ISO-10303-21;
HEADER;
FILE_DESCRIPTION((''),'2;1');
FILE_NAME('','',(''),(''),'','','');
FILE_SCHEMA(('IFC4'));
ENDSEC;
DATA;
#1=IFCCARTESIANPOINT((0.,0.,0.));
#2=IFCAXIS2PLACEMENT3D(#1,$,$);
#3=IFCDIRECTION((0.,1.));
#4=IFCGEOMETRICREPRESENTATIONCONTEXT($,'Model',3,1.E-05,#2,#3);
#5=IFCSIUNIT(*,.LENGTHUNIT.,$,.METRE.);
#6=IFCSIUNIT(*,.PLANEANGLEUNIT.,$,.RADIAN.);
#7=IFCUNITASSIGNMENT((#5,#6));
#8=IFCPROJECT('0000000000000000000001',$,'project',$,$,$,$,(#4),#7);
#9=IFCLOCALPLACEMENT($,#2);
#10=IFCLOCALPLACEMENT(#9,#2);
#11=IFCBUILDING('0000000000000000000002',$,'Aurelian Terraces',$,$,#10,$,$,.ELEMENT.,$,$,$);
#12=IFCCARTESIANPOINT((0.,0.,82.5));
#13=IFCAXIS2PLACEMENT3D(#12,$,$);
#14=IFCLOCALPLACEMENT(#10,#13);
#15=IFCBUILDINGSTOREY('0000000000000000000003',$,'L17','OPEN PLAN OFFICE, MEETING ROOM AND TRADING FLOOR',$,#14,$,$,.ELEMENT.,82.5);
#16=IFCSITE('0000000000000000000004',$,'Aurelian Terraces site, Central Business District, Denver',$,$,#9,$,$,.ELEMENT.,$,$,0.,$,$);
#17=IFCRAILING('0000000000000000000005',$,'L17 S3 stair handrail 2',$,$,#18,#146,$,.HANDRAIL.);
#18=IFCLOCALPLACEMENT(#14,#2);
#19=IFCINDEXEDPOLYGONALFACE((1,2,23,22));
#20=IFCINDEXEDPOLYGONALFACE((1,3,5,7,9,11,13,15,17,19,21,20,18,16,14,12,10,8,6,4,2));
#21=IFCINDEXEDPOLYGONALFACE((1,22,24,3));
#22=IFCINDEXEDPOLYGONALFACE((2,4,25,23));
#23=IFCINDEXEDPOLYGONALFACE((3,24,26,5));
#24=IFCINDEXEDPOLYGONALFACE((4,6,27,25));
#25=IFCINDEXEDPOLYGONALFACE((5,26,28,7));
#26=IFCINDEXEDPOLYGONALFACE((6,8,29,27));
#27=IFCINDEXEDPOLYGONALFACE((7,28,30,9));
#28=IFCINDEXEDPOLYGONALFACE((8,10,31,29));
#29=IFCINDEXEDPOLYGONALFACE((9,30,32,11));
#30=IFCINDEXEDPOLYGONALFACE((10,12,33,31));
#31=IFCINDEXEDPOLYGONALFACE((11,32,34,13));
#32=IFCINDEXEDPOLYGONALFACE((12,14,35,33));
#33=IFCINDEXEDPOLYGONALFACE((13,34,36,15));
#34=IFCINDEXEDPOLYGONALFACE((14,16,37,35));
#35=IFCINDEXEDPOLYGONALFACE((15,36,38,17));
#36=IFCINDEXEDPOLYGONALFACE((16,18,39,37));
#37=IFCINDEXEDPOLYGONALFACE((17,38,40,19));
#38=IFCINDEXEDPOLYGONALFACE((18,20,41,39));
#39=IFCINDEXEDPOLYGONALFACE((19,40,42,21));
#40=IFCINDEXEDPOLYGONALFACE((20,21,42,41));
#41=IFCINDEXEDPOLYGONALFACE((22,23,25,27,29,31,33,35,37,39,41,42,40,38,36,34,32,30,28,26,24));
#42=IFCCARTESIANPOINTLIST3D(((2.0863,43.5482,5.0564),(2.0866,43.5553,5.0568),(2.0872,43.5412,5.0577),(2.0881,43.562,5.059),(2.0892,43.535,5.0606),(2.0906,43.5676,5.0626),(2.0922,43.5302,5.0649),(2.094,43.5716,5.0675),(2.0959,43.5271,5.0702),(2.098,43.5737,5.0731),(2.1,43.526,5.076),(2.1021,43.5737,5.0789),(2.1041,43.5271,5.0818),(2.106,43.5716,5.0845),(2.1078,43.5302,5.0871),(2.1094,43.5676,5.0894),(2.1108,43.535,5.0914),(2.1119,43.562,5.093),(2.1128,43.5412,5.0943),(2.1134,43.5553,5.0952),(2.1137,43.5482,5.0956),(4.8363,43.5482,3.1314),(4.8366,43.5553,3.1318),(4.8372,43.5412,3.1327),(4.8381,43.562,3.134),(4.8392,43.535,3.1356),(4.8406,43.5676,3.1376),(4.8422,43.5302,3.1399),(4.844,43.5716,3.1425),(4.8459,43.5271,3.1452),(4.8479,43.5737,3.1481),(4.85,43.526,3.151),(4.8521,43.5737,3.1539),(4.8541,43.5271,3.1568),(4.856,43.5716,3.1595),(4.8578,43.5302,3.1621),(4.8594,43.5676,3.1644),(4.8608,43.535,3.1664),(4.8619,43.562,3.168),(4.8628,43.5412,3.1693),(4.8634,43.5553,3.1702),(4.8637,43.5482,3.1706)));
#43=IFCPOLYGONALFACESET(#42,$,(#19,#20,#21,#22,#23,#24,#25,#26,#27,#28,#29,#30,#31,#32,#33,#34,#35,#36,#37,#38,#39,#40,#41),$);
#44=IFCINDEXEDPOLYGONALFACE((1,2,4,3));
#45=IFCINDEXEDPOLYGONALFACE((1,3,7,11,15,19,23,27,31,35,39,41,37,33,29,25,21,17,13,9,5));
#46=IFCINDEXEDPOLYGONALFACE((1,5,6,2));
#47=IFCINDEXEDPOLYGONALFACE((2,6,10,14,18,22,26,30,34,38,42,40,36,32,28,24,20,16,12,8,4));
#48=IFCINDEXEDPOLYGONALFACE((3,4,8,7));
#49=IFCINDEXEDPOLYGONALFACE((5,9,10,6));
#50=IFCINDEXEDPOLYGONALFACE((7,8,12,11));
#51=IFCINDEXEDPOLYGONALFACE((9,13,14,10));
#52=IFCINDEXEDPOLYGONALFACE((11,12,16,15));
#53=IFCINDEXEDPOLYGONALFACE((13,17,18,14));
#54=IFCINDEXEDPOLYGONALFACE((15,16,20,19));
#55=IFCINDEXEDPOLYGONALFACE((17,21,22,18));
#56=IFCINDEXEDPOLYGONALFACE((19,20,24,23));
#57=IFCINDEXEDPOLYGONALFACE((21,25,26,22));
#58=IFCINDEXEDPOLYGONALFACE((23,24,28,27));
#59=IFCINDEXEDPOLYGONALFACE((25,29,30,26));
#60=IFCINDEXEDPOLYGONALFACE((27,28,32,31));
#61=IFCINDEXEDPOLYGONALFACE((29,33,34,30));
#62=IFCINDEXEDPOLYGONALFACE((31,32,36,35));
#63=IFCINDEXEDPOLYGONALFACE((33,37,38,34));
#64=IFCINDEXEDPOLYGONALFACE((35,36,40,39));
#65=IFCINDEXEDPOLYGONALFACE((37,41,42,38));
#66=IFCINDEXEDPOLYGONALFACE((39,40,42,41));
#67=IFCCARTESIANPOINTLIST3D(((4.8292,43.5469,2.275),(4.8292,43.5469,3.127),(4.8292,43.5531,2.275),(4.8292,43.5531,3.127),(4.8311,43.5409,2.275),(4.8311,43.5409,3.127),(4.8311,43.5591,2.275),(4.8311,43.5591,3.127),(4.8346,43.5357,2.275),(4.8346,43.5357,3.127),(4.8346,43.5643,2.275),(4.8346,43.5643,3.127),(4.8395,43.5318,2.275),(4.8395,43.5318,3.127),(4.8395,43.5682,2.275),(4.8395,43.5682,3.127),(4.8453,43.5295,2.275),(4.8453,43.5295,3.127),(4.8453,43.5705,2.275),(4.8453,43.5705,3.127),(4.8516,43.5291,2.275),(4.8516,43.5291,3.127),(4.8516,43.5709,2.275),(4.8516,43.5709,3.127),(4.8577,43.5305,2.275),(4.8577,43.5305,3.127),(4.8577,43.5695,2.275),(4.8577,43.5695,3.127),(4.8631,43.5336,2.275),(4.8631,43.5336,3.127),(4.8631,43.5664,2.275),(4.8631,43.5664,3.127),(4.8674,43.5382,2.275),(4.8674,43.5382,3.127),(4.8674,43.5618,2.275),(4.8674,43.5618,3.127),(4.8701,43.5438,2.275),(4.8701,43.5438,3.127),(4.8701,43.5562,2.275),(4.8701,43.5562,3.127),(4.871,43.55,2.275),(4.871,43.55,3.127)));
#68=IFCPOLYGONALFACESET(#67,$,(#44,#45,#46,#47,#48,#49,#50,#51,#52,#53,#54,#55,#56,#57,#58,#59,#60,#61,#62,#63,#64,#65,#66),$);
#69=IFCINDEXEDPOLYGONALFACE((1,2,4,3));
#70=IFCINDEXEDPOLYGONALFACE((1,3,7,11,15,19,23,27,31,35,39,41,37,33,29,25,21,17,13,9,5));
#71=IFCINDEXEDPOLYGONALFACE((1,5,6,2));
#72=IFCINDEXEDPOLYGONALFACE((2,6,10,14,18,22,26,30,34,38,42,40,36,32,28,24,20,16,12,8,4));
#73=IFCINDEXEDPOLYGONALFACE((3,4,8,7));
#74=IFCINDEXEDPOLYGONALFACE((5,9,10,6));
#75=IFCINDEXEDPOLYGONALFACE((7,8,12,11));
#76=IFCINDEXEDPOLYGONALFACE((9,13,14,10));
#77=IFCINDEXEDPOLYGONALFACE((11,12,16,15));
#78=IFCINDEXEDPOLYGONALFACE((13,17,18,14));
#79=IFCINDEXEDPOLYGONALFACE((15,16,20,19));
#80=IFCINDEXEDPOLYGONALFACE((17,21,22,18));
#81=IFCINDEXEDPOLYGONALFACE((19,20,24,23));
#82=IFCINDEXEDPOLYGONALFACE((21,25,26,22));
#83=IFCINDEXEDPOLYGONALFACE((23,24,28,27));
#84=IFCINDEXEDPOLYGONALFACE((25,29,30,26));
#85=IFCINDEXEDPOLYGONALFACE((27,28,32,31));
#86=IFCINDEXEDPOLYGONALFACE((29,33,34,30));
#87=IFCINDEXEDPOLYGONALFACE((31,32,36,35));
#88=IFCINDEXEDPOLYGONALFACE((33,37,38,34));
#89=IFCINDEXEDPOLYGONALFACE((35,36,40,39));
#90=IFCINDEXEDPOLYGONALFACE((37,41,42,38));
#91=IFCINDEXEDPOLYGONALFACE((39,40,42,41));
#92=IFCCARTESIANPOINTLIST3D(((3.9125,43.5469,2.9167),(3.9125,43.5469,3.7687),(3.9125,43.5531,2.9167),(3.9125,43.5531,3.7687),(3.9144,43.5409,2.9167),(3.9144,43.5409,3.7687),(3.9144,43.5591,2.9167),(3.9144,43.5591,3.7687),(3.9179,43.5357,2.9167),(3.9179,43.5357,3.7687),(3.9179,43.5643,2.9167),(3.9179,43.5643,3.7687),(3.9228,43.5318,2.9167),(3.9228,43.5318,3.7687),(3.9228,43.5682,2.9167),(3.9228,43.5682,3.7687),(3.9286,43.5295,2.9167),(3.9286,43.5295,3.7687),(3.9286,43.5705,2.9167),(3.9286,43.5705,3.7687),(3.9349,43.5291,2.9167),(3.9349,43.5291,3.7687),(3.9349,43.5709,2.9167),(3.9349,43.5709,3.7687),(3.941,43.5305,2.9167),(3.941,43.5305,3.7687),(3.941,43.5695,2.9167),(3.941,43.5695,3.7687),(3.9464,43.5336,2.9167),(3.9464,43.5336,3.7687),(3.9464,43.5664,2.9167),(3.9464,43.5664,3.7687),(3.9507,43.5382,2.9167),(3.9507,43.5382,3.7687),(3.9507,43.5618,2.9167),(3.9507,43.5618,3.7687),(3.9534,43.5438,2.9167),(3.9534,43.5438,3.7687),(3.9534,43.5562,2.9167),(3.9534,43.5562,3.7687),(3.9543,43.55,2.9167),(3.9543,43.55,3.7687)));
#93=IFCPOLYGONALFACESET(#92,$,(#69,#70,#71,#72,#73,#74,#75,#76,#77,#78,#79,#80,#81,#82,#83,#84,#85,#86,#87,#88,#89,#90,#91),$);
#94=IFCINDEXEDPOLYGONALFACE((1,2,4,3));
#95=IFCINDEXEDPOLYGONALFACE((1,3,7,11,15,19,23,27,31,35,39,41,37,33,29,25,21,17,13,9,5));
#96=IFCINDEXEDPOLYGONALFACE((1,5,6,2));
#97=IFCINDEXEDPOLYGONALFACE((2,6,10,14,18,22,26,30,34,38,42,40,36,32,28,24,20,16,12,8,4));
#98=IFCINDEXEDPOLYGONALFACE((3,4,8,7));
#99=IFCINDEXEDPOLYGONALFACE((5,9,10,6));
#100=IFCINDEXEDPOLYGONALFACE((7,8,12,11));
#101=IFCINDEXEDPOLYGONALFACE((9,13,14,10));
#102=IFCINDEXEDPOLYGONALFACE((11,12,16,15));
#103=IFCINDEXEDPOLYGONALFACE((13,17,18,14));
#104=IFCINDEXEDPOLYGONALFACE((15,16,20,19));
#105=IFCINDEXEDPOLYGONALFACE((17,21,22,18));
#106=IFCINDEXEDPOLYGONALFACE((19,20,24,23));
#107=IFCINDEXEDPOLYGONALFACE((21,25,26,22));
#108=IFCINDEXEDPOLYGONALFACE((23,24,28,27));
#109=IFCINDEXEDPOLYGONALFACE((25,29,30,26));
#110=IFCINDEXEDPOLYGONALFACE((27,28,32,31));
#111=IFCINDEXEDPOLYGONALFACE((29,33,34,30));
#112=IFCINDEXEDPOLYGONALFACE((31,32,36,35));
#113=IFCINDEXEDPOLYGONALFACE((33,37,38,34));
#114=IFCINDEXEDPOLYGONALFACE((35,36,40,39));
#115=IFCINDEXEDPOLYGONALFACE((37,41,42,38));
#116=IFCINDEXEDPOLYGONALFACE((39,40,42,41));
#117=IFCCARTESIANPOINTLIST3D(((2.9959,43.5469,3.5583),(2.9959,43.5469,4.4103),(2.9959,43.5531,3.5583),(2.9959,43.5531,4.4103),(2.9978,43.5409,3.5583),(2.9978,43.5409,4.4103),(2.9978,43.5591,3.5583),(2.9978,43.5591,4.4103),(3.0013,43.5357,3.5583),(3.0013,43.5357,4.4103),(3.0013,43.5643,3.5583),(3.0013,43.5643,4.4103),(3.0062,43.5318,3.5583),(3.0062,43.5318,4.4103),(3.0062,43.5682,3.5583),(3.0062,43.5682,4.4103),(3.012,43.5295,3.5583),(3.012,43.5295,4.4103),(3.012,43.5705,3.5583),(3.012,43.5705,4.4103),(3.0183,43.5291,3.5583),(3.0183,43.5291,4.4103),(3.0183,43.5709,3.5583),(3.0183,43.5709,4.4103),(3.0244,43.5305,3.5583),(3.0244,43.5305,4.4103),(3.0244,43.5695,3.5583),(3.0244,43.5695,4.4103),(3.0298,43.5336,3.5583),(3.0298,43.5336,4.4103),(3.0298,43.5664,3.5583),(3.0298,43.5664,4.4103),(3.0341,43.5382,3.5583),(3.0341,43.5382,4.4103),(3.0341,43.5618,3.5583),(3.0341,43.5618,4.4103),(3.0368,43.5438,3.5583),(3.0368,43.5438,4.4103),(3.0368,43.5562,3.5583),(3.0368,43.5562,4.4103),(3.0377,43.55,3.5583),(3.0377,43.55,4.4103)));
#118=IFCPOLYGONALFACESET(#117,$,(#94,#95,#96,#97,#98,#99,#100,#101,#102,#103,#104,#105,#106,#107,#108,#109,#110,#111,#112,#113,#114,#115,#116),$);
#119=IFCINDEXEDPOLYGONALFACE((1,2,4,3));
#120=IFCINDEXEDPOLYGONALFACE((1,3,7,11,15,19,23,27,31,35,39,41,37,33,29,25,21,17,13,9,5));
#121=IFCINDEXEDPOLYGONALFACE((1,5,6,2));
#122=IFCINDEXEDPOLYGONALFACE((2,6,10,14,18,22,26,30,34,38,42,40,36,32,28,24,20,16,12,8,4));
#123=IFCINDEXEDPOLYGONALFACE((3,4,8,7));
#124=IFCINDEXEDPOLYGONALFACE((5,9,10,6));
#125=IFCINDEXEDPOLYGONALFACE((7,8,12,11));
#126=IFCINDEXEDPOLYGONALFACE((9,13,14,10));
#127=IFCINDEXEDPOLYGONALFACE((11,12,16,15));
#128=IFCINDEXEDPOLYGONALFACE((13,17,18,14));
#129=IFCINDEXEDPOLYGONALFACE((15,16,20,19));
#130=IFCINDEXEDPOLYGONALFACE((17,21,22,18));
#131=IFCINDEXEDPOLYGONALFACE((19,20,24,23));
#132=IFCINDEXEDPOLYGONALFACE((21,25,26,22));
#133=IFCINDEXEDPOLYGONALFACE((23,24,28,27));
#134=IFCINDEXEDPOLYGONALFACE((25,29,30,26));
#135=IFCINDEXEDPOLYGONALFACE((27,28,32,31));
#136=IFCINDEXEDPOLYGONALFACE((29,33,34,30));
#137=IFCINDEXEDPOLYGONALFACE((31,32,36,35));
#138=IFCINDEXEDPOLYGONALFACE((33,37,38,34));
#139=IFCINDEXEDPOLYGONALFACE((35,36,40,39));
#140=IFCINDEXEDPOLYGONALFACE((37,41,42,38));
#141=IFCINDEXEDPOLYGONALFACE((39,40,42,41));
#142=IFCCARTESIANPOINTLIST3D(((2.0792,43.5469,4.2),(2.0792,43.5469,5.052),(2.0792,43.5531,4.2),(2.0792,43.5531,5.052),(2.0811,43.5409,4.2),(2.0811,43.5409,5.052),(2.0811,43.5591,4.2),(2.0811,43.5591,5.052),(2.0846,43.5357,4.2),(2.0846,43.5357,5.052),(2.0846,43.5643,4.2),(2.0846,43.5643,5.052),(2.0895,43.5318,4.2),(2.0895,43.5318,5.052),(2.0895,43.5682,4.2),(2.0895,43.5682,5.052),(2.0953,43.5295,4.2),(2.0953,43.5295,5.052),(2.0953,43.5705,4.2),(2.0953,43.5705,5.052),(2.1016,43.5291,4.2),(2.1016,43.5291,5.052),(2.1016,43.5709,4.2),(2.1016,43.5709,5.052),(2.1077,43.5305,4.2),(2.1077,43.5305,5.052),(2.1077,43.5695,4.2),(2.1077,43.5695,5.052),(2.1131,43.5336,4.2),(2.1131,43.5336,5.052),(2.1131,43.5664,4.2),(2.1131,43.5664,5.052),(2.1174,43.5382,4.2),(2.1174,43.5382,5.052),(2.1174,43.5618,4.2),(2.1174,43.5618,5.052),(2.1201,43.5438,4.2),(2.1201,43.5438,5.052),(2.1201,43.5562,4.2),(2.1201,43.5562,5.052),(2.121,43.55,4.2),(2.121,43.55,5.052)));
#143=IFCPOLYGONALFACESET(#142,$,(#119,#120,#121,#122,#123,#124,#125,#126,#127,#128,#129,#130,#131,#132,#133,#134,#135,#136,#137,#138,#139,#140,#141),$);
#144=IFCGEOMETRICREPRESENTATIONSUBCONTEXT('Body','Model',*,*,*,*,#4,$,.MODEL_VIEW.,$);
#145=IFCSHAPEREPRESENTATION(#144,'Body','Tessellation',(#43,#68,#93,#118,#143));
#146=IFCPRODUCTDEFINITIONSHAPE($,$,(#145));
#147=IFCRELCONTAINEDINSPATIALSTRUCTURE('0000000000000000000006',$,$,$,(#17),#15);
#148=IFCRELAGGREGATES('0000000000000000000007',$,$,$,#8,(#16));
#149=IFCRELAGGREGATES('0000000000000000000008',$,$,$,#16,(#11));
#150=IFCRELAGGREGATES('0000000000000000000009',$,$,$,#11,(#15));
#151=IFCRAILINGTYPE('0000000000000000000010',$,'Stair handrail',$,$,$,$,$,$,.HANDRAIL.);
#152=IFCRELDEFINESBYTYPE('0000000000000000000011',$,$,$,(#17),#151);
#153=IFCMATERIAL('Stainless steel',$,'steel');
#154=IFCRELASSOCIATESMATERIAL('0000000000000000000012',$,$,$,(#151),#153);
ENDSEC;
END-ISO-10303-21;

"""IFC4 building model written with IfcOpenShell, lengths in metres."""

from ifc_helpers import new_model, si_unit, direction, frame, origin, origin_2d, place, context, subcontext, project, spatial, circle, extrude, source, transform, mapped, material, type_object, element, save


model = new_model("IFC4")

# Units and contexts
model_context = context("Model", 3, precision=1e-05, world=origin(), true_north=direction((0.0, 1.0)))
body_context = subcontext(model_context, "Body", "Model", "MODEL_VIEW")
ifc_project = project(units=[si_unit("LENGTHUNIT", "METRE"), si_unit("PLANEANGLEUNIT", "RADIAN")], contexts=[model_context])

# Site, building, storey
site_placement = place(None, origin())
site = spatial("IfcSite", under=ifc_project, at=site_placement, Name="Aurelian Terraces site, Central Business District, Denver", CompositionType="ELEMENT", RefElevation=0.0)
building_placement = place(site_placement, origin())
building = spatial("IfcBuilding", under=site, at=building_placement, Name="Aurelian Terraces", CompositionType="ELEMENT")
storey_placement = place(building_placement, frame((0.0, 0.0, 82.5)))
storey = spatial("IfcBuildingStorey", under=building, at=storey_placement, Name="L17", Description="OPEN PLAN OFFICE, MEETING ROOM AND TRADING FLOOR", CompositionType="ELEMENT", Elevation=82.5)

# Railing
ifc_material_1 = material(Name="Stainless steel", Category="steel")
railing_type_1 = type_object("IfcRailingType", Name="Stair handrail", PredefinedType="HANDRAIL", material=ifc_material_1)
shared_shape_1 = source(origin(), body_context, "Body", "SweptSolid", [
    extrude(circle(Radius=0.024, at=origin_2d()), frame((0.0, 0.0, 0.876), z_axis=(-0.819232, 0.0, 0.573462), x_axis=(0.0, -1.0, 0.0)), (0.0, 0.0, 1.0), 3.3568),
    extrude(circle(Radius=0.021, at=origin_2d()), origin(), (0.0, 0.0, 1.0), 0.852),
    extrude(circle(Radius=0.021, at=origin_2d()), frame((-0.9167, 0.0, 0.6417)), (0.0, 0.0, 1.0), 0.852),
    extrude(circle(Radius=0.021, at=origin_2d()), frame((-1.8333, 0.0, 1.2833)), (0.0, 0.0, 1.0), 0.852),
    extrude(circle(Radius=0.021, at=origin_2d()), frame((-2.75, 0.0, 1.925)), (0.0, 0.0, 1.0), 0.852),
])
railing_1_placement = place(storey_placement, frame((4.85, 43.55, 2.275)))
element("IfcRailing", 1, at=railing_1_placement, inside=storey, type_object=railing_type_1, Name="L17 S3 stair handrail 2", PredefinedType="HANDRAIL", context=body_context, shape_type="MappedRepresentation", body=[
    mapped(shared_shape_1, transform((0.0, 0.0, 0.0), scale=1.0)),
])

save(model, "model.ifc")
